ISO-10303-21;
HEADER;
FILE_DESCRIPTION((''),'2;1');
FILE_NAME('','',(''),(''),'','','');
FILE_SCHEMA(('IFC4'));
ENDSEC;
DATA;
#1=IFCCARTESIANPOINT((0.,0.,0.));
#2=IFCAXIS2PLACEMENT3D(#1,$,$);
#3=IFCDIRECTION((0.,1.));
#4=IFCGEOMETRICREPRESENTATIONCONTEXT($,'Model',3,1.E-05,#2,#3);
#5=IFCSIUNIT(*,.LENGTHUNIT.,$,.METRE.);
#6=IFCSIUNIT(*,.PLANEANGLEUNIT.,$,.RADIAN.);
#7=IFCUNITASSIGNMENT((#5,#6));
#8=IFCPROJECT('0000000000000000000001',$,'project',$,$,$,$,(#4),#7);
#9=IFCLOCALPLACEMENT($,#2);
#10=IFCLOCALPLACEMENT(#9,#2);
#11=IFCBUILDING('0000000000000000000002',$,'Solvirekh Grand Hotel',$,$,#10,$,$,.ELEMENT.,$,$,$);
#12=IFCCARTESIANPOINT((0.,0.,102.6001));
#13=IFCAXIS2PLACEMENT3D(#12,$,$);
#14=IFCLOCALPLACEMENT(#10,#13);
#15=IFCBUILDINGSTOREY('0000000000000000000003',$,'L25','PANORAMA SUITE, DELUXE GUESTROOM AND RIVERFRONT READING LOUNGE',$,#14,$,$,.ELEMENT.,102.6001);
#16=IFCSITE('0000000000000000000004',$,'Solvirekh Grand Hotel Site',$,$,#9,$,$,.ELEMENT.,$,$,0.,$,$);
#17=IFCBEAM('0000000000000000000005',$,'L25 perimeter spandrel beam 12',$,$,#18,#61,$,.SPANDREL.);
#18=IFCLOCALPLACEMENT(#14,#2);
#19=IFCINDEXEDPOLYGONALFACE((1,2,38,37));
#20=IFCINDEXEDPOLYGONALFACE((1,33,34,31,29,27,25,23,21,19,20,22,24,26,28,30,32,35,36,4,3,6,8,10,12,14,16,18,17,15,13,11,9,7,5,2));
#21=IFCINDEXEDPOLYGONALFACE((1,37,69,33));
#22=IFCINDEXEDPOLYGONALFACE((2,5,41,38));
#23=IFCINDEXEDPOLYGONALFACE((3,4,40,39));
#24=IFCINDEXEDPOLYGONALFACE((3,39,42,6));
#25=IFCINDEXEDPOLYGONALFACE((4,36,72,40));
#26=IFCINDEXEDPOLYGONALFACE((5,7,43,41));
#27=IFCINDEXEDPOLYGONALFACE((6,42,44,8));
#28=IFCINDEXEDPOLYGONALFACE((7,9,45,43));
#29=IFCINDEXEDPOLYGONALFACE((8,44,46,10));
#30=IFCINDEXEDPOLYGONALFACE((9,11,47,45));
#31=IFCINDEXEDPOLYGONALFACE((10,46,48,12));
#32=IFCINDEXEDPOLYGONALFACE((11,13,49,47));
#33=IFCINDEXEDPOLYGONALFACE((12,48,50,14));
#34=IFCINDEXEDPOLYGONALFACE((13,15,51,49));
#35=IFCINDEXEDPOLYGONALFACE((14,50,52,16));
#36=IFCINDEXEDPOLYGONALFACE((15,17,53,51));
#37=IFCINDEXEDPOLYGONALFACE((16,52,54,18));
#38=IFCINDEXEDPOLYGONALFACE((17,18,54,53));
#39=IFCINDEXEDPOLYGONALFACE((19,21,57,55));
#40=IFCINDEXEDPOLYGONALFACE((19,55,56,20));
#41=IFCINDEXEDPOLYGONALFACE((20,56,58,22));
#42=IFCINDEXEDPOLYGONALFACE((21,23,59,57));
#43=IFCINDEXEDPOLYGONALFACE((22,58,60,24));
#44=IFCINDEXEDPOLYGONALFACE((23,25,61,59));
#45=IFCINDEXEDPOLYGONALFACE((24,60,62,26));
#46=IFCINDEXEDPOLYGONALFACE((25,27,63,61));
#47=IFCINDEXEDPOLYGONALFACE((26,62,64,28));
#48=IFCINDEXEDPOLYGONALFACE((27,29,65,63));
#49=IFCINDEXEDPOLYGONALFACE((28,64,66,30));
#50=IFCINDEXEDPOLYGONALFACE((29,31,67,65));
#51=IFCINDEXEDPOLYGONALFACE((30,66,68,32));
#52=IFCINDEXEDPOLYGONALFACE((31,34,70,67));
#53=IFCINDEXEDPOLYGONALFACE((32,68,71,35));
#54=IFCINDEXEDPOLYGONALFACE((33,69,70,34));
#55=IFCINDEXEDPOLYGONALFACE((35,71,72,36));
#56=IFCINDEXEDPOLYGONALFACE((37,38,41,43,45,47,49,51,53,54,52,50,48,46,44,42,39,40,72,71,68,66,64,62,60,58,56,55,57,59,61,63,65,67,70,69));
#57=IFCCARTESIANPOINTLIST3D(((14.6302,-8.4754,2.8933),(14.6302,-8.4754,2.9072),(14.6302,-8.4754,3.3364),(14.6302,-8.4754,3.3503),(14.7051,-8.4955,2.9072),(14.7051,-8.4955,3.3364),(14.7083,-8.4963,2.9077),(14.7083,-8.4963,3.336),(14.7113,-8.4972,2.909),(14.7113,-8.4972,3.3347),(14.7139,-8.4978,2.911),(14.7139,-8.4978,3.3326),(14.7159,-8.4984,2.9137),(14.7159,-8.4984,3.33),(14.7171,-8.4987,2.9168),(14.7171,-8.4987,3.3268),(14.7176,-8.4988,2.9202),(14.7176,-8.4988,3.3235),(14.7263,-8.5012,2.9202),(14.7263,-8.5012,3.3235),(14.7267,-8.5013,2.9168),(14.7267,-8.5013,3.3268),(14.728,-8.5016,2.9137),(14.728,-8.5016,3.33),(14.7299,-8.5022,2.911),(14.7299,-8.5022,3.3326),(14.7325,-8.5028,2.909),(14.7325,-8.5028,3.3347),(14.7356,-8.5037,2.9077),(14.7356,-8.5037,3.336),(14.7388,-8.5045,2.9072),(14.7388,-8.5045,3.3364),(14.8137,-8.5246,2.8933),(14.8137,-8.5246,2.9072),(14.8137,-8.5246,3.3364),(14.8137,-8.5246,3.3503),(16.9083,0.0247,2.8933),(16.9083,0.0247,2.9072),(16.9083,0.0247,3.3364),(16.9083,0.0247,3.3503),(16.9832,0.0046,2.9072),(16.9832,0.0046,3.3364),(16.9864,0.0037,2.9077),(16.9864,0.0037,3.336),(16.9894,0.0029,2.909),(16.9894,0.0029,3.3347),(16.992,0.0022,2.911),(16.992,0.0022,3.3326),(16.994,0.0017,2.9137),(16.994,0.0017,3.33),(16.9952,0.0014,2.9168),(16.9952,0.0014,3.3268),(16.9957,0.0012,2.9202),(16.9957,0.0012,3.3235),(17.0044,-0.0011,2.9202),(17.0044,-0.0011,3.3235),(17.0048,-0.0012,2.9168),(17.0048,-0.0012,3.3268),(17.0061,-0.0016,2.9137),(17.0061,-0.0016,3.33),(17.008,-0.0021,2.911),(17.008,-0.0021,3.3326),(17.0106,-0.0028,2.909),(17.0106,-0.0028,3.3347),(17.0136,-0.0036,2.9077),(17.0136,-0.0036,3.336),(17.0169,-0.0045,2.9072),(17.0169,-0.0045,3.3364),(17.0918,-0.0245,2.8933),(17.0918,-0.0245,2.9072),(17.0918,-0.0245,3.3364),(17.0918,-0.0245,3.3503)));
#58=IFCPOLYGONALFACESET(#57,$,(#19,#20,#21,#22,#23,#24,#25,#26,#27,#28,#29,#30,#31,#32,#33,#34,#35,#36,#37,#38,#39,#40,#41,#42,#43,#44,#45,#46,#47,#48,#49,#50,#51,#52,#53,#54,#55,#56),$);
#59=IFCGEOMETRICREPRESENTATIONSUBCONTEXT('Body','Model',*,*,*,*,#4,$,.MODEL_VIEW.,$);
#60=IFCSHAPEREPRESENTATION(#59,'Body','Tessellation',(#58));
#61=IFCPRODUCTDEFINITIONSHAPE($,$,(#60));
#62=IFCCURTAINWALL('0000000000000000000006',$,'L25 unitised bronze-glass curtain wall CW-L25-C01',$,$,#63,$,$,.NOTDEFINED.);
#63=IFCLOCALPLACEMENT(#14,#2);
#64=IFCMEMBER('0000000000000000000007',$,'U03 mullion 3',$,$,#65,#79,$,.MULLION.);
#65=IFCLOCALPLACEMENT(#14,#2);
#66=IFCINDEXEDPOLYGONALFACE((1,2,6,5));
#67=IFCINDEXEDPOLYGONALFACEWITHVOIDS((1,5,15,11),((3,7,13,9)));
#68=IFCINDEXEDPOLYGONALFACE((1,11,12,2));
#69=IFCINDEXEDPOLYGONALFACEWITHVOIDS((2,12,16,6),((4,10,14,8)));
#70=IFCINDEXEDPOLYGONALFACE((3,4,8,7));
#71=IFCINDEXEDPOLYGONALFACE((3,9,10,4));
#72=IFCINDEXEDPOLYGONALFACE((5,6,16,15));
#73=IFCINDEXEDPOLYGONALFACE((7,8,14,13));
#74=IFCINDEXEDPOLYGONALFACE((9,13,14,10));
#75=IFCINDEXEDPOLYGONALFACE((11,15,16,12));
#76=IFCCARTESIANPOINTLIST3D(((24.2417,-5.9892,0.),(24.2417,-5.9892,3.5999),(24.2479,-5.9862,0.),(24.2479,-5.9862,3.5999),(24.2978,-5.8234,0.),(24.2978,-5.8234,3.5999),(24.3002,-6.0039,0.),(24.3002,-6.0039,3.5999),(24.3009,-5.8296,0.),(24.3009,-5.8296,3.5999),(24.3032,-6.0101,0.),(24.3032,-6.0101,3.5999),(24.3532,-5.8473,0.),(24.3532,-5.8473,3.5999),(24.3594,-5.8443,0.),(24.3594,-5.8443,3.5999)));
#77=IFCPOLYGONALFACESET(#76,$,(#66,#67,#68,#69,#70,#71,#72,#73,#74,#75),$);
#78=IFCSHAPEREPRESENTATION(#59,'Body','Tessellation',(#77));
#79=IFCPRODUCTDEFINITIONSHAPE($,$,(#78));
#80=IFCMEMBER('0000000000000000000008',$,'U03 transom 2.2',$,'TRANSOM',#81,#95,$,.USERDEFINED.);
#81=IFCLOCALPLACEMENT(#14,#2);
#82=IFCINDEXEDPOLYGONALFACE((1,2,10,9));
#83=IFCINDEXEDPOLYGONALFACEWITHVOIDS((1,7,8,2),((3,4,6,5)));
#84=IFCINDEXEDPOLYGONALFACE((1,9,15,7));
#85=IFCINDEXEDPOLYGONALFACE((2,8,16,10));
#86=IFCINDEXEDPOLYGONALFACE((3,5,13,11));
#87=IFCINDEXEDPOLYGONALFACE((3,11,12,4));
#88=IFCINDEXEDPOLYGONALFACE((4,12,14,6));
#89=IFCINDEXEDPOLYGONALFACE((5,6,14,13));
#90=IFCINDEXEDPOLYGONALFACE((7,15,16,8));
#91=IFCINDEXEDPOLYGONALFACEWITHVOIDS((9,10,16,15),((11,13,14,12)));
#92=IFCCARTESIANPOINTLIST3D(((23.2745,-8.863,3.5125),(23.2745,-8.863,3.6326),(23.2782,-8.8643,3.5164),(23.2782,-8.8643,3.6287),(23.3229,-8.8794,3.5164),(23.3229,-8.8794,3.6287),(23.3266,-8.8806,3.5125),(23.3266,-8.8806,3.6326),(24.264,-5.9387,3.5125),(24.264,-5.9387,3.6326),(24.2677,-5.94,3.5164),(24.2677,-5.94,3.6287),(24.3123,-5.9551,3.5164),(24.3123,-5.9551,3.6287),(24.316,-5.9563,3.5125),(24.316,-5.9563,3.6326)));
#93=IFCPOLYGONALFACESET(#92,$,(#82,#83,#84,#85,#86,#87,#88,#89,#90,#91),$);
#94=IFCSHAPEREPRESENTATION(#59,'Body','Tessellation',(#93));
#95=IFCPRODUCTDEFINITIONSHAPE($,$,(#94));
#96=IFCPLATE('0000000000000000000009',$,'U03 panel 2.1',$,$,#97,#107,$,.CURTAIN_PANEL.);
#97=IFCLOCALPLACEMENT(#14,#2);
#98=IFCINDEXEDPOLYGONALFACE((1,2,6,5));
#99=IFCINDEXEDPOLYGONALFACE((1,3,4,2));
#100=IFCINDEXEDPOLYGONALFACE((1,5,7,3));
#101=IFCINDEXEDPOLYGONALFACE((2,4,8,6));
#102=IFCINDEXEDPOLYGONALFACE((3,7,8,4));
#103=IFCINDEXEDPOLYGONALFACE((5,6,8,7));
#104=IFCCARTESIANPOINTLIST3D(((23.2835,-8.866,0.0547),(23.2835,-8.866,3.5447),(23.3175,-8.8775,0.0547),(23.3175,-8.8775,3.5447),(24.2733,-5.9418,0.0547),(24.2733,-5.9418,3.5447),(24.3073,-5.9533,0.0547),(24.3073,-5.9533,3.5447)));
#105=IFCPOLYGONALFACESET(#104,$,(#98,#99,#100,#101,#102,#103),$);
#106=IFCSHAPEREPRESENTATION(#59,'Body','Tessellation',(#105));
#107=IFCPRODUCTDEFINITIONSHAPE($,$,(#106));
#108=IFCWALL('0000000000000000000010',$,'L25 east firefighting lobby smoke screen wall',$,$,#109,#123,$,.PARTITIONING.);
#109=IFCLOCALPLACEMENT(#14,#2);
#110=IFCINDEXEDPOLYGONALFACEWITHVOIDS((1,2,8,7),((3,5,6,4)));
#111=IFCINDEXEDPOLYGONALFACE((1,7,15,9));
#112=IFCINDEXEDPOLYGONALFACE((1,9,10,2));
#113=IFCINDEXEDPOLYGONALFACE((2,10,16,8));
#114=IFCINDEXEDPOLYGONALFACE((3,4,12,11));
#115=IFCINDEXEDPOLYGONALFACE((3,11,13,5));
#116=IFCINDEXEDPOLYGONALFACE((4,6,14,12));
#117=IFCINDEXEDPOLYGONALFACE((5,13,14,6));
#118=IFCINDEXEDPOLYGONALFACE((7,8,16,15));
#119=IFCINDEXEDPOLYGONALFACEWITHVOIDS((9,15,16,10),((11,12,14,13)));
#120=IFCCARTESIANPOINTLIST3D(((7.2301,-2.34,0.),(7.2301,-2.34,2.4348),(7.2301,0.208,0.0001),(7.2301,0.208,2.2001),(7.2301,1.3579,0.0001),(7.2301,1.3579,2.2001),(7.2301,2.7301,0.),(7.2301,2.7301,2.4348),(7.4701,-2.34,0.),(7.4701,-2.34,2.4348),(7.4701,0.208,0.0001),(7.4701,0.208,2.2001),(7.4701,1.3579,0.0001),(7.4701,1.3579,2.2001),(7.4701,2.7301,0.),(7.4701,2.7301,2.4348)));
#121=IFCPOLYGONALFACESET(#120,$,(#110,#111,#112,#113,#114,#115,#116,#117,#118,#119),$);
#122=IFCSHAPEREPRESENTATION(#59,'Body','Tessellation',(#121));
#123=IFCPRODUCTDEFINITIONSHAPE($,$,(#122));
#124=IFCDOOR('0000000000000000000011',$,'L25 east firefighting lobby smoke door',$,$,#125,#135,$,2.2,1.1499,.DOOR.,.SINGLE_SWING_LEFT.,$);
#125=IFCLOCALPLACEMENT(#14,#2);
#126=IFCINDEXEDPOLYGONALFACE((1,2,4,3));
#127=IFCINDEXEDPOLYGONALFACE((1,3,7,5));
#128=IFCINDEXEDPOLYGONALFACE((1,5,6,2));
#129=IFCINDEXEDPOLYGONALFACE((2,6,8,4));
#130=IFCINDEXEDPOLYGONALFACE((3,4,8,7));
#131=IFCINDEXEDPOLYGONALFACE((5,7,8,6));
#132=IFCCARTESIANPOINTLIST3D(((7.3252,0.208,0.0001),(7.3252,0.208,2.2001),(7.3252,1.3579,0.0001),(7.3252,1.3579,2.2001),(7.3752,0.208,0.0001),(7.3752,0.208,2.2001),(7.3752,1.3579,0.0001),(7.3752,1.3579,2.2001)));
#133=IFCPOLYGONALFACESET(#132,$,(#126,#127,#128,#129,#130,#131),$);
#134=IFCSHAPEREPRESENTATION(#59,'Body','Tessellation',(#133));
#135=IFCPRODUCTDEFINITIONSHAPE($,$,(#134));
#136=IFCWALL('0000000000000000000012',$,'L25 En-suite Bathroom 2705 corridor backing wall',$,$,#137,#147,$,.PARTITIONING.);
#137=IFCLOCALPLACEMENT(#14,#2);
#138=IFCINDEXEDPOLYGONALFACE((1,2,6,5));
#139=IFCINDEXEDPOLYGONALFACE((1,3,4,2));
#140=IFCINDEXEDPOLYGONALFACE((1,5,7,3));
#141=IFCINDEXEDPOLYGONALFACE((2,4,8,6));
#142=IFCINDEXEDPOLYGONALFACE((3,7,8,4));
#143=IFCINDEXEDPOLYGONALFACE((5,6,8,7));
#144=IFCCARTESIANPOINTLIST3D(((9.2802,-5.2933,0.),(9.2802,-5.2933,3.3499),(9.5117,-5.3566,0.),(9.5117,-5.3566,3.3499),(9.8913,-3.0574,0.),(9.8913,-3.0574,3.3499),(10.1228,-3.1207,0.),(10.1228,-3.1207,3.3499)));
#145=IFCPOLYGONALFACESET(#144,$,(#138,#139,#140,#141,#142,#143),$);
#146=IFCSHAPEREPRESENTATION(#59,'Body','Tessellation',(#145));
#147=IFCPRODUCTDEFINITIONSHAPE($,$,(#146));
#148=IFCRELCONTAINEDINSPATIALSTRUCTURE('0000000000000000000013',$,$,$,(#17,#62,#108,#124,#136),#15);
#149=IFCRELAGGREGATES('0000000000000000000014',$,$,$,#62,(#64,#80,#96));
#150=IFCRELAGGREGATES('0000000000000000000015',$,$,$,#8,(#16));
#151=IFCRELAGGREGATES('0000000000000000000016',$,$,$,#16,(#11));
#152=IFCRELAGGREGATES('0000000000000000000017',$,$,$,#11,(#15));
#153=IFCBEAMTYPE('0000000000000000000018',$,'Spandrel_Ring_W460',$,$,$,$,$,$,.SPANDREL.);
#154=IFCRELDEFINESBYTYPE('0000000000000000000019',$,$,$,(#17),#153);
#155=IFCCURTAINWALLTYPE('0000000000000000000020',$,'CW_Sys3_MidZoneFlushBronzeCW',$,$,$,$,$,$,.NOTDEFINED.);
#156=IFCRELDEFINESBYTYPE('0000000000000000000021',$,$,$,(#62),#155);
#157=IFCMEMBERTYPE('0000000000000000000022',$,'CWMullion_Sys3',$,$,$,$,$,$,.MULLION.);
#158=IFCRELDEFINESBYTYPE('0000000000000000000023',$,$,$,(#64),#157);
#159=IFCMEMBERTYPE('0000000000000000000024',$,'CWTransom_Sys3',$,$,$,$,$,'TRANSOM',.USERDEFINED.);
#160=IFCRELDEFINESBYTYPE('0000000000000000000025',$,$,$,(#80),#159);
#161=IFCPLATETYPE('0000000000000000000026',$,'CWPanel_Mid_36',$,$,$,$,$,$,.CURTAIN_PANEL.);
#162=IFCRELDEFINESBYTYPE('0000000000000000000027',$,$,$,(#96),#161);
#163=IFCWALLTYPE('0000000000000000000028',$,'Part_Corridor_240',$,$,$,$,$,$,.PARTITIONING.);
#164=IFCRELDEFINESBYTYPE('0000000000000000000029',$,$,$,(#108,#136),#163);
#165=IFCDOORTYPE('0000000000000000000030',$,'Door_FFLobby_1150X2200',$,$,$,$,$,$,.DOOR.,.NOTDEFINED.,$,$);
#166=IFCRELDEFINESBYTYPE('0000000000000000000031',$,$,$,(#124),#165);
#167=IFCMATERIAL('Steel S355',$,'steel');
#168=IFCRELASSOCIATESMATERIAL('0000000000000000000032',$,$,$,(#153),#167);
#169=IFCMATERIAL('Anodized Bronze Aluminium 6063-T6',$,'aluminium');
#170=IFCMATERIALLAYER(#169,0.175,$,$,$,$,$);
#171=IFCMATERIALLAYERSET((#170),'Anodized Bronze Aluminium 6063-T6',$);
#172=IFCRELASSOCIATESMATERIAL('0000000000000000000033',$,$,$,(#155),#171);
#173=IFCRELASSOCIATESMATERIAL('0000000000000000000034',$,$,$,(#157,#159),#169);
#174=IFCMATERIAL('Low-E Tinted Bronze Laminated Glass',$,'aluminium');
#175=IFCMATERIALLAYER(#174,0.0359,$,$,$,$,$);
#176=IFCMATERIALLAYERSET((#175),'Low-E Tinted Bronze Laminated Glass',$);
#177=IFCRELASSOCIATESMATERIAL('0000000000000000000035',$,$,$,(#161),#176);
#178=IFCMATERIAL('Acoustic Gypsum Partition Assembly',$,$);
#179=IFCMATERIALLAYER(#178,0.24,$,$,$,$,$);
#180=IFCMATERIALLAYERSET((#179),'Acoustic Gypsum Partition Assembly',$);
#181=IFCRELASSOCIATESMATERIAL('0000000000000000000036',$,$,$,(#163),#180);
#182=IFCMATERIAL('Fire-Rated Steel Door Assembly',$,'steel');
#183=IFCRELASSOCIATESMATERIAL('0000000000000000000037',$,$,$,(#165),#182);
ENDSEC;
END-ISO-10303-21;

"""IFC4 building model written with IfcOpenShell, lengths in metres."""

from ifc_helpers import new_model, si_unit, direction, frame, frame_2d, origin, origin_2d, place, context, subcontext, project, spatial, rectangle, hollow_rectangle, i_section, extrude, source, transform, mapped, material, layer, layer_set, material_profile, profile_set, type_object, element, fill, aggregate, save


model = new_model("IFC4")

# Units and contexts
model_context = context("Model", 3, precision=1e-05, world=origin(), true_north=direction((0.0, 1.0)))
body_context = subcontext(model_context, "Body", "Model", "MODEL_VIEW")
ifc_project = project(units=[si_unit("LENGTHUNIT", "METRE"), si_unit("PLANEANGLEUNIT", "RADIAN")], contexts=[model_context])

# Site, building, storey
site_placement = place(None, origin())
site = spatial("IfcSite", under=ifc_project, at=site_placement, Name="Solvirekh Grand Hotel Site", CompositionType="ELEMENT", RefElevation=0.0)
building_placement = place(site_placement, origin())
building = spatial("IfcBuilding", under=site, at=building_placement, Name="Solvirekh Grand Hotel", CompositionType="ELEMENT")
storey_placement = place(building_placement, frame((0.0, 0.0, 102.6001)))
storey = spatial("IfcBuildingStorey", under=building, at=storey_placement, Name="L25", Description="PANORAMA SUITE, DELUXE GUESTROOM AND RIVERFRONT READING LOUNGE", CompositionType="ELEMENT", Elevation=102.6001)

# Beam
ifc_material_1 = material(Name="Steel S355", Category="steel")
ifc_material_profile_1 = material_profile(ifc_material_1, i_section(OverallWidth=0.1899, OverallDepth=0.457, WebThickness=0.009, FlangeThickness=0.0139, FilletRadius=0.0129, at=origin_2d()), Name="W460X74")
ifc_profile_set_1 = profile_set([ifc_material_profile_1], Name="Steel S355")
beam_type_1 = type_object("IfcBeamType", Name="Spandrel_Ring_W460", PredefinedType="SPANDREL", material=ifc_profile_set_1)
beam_1_placement = place(storey_placement, frame((14.7219, -8.5, 3.1218), z_axis=(0.258873, 0.965911, 0.0), x_axis=(-0.965911, 0.258873, 0.0)))
element("IfcBeam", 1, at=beam_1_placement, inside=storey, type_object=beam_type_1, Name="L25 perimeter spandrel beam 12", PredefinedType="SPANDREL", context=body_context, shape_type="SweptSolid", body=[
    extrude(i_section(OverallWidth=0.1899, OverallDepth=0.457, WebThickness=0.009, FlangeThickness=0.0139, FilletRadius=0.0129, at=origin_2d()), origin(), (0.0, 0.0, 1.0), 8.8),
])

# Curtain wall, members, plate
ifc_material_2 = material(Name="Anodized Bronze Aluminium 6063-T6", Category="aluminium")
ifc_layer_1 = layer(ifc_material_2, 0.175)
ifc_layer_set_1 = layer_set([ifc_layer_1], Name="Anodized Bronze Aluminium 6063-T6")
curtain_wall_type = type_object("IfcCurtainWallType", Name="CW_Sys3_MidZoneFlushBronzeCW", PredefinedType="NOTDEFINED", material=ifc_layer_set_1)
curtain_wall_placement = place(storey_placement, origin())
curtain_wall = element("IfcCurtainWall", 2, at=curtain_wall_placement, inside=storey, type_object=curtain_wall_type, Name="L25 unitised bronze-glass curtain wall CW-L25-C01", PredefinedType="NOTDEFINED")
ifc_material_profile_2 = material_profile(ifc_material_2, hollow_rectangle(XDim=0.0649, YDim=0.175, WallThickness=0.0049, at=origin_2d()), Name="ALU RHS 175X65X5")
ifc_profile_set_2 = profile_set([ifc_material_profile_2], Name="Anodized Bronze Aluminium 6063-T6")
member_type_1 = type_object("IfcMemberType", Name="CWMullion_Sys3", PredefinedType="MULLION", material=ifc_profile_set_2)
shared_shape_1 = source(origin(), body_context, "Body", "SweptSolid", [
    extrude(hollow_rectangle(XDim=0.0649, YDim=0.175, WallThickness=0.0049, at=origin_2d()), origin(), (0.0, 0.0, 1.0), 3.5999),
])
member_1_placement = place(storey_placement, frame((24.3005, -5.9167, 0.0), z_axis=(0.0, 0.0, 1.0), x_axis=(-0.947213, 0.320605, 0.0)))
member_1 = element("IfcMember", 3, at=member_1_placement, type_object=member_type_1, Name="U03 mullion 3", PredefinedType="MULLION", context=body_context, shape_type="MappedRepresentation", body=[
    mapped(shared_shape_1, transform((0.0, 0.0, 0.0), x_axis=(1.0, 0.0, 0.0), y_axis=(0.0, 1.0, 0.0), z_axis=(0.0, 0.0, 1.0), scale=1.0)),
])
ifc_material_profile_3 = material_profile(ifc_material_2, hollow_rectangle(XDim=0.0549, YDim=0.1201, WallThickness=0.0039, at=origin_2d()), Name="ALU RHS 120X55X4")
ifc_profile_set_3 = profile_set([ifc_material_profile_3], Name="Anodized Bronze Aluminium 6063-T6")
member_type_2 = type_object("IfcMemberType", Name="CWTransom_Sys3", ElementType="TRANSOM", PredefinedType="USERDEFINED", material=ifc_profile_set_3)
shared_shape_2 = source(origin(), body_context, "Body", "SweptSolid", [
    extrude(hollow_rectangle(XDim=0.0549, YDim=0.1201, WallThickness=0.0039, at=origin_2d()), origin(), (0.0, 0.0, 1.0), 3.0872),
])
member_2_placement = place(storey_placement, frame((23.3005, -8.8718, 3.5725), z_axis=(0.320519, 0.947242, 0.0), x_axis=(-0.947242, 0.320519, 0.0)))
member_2 = element("IfcMember", 4, at=member_2_placement, type_object=member_type_2, Name="U03 transom 2.2", ObjectType="TRANSOM", PredefinedType="USERDEFINED", context=body_context, shape_type="MappedRepresentation", body=[
    mapped(shared_shape_2, transform((0.0, 0.0, 0.0), x_axis=(1.0, 0.0, 0.0), y_axis=(0.0, 1.0, 0.0), z_axis=(0.0, 0.0, 1.0), scale=1.0)),
])
ifc_material_3 = material(Name="Low-E Tinted Bronze Laminated Glass", Category="aluminium")
ifc_layer_2 = layer(ifc_material_3, 0.0359)
ifc_layer_set_2 = layer_set([ifc_layer_2], Name="Low-E Tinted Bronze Laminated Glass")
plate_type = type_object("IfcPlateType", Name="CWPanel_Mid_36", PredefinedType="CURTAIN_PANEL", material=ifc_layer_set_2)
shared_shape_3 = source(origin(), body_context, "Body", "SweptSolid", [
    extrude(rectangle(XDim=3.0872, YDim=0.0359, at=origin_2d()), origin(), (0.0, 0.0, 1.0), 3.49),
])
plate_placement = place(storey_placement, frame((23.7954, -7.4097, 0.0547), z_axis=(0.0, 0.0, 1.0), x_axis=(0.320605, 0.947213, 0.0)))
plate = element("IfcPlate", 5, at=plate_placement, type_object=plate_type, Name="U03 panel 2.1", PredefinedType="CURTAIN_PANEL", context=body_context, shape_type="MappedRepresentation", body=[
    mapped(shared_shape_3, transform((0.0, 0.0, 0.0), x_axis=(1.0, 0.0, 0.0), y_axis=(0.0, 1.0, 0.0), z_axis=(0.0, 0.0, 1.0), scale=1.0)),
])
aggregate(curtain_wall, [member_1, member_2, plate])

# Wall, opening, door
ifc_material_4 = material(Name="Acoustic Gypsum Partition Assembly")
ifc_layer_3 = layer(ifc_material_4, 0.24)
ifc_layer_set_3 = layer_set([ifc_layer_3], Name="Acoustic Gypsum Partition Assembly")
wall_type_1 = type_object("IfcWallType", Name="Part_Corridor_240", PredefinedType="PARTITIONING", material=ifc_layer_set_3)
wall_1_placement = place(storey_placement, frame((7.3501, -2.3401, 0.0), z_axis=(0.0, 0.0, 1.0), x_axis=(0.0, 1.0, 0.0)))
wall_1 = element("IfcWall", 6, at=wall_1_placement, inside=storey, type_object=wall_type_1, Name="L25 east firefighting lobby smoke screen wall", PredefinedType="PARTITIONING", context=body_context, shape_type="SweptSolid", body=[
    extrude(rectangle(XDim=5.0701, YDim=0.24, at=frame_2d((2.5352, 0.0))), origin(), (0.0, 0.0, 1.0), 2.4348),
])
opening_1_placement = place(wall_1_placement, frame((2.5481, 0.0, 0.0)))
opening_1 = element("IfcOpeningElement", 7, at=opening_1_placement, cuts=wall_1, PredefinedType="OPENING", context=body_context, shape_type="SweptSolid", body=[
    extrude(rectangle(XDim=1.1499, YDim=2.2, at=frame_2d((0.575, 1.1001))), frame((0.0, 0.1299, 0.0), z_axis=(0.0, -1.0, 0.0), x_axis=(1.0, 0.0, 0.0)), (0.0, 0.0, 1.0), 0.26),
])
ifc_material_5 = material(Name="Fire-Rated Steel Door Assembly", Category="steel")
door_type_1 = type_object("IfcDoorType", Name="Door_FFLobby_1150X2200", OperationType="NOTDEFINED", PredefinedType="DOOR", material=ifc_material_5)
door_1_placement = place(opening_1_placement, origin())
door_1 = element("IfcDoor", 8, at=door_1_placement, inside=storey, type_object=door_type_1, Name="L25 east firefighting lobby smoke door", OperationType="SINGLE_SWING_LEFT", OverallHeight=2.2, OverallWidth=1.1499, PredefinedType="DOOR", context=body_context, shape_type="SweptSolid", body=[
    extrude(rectangle(XDim=1.1499, YDim=2.2, at=frame_2d((0.575, 1.1001))), frame((0.0, 0.0249, 0.0), z_axis=(0.0, -1.0, 0.0), x_axis=(1.0, 0.0, 0.0)), (0.0, 0.0, 1.0), 0.05),
])
fill(opening_1, door_1)

# Wall
wall_2_placement = place(storey_placement, frame((9.396, -5.325, 0.0), z_axis=(0.0, 0.0, 1.0), x_axis=(0.263643, 0.96462, 0.0)))
element("IfcWall", 9, at=wall_2_placement, inside=storey, type_object=wall_type_1, Name="L25 En-suite Bathroom 2705 corridor backing wall", PredefinedType="PARTITIONING", context=body_context, shape_type="SweptSolid", body=[
    extrude(rectangle(XDim=2.3179, YDim=0.24, at=frame_2d((1.1589, 0.0))), origin(), (0.0, 0.0, 1.0), 3.3499),
])

save(model, "model.ifc")
